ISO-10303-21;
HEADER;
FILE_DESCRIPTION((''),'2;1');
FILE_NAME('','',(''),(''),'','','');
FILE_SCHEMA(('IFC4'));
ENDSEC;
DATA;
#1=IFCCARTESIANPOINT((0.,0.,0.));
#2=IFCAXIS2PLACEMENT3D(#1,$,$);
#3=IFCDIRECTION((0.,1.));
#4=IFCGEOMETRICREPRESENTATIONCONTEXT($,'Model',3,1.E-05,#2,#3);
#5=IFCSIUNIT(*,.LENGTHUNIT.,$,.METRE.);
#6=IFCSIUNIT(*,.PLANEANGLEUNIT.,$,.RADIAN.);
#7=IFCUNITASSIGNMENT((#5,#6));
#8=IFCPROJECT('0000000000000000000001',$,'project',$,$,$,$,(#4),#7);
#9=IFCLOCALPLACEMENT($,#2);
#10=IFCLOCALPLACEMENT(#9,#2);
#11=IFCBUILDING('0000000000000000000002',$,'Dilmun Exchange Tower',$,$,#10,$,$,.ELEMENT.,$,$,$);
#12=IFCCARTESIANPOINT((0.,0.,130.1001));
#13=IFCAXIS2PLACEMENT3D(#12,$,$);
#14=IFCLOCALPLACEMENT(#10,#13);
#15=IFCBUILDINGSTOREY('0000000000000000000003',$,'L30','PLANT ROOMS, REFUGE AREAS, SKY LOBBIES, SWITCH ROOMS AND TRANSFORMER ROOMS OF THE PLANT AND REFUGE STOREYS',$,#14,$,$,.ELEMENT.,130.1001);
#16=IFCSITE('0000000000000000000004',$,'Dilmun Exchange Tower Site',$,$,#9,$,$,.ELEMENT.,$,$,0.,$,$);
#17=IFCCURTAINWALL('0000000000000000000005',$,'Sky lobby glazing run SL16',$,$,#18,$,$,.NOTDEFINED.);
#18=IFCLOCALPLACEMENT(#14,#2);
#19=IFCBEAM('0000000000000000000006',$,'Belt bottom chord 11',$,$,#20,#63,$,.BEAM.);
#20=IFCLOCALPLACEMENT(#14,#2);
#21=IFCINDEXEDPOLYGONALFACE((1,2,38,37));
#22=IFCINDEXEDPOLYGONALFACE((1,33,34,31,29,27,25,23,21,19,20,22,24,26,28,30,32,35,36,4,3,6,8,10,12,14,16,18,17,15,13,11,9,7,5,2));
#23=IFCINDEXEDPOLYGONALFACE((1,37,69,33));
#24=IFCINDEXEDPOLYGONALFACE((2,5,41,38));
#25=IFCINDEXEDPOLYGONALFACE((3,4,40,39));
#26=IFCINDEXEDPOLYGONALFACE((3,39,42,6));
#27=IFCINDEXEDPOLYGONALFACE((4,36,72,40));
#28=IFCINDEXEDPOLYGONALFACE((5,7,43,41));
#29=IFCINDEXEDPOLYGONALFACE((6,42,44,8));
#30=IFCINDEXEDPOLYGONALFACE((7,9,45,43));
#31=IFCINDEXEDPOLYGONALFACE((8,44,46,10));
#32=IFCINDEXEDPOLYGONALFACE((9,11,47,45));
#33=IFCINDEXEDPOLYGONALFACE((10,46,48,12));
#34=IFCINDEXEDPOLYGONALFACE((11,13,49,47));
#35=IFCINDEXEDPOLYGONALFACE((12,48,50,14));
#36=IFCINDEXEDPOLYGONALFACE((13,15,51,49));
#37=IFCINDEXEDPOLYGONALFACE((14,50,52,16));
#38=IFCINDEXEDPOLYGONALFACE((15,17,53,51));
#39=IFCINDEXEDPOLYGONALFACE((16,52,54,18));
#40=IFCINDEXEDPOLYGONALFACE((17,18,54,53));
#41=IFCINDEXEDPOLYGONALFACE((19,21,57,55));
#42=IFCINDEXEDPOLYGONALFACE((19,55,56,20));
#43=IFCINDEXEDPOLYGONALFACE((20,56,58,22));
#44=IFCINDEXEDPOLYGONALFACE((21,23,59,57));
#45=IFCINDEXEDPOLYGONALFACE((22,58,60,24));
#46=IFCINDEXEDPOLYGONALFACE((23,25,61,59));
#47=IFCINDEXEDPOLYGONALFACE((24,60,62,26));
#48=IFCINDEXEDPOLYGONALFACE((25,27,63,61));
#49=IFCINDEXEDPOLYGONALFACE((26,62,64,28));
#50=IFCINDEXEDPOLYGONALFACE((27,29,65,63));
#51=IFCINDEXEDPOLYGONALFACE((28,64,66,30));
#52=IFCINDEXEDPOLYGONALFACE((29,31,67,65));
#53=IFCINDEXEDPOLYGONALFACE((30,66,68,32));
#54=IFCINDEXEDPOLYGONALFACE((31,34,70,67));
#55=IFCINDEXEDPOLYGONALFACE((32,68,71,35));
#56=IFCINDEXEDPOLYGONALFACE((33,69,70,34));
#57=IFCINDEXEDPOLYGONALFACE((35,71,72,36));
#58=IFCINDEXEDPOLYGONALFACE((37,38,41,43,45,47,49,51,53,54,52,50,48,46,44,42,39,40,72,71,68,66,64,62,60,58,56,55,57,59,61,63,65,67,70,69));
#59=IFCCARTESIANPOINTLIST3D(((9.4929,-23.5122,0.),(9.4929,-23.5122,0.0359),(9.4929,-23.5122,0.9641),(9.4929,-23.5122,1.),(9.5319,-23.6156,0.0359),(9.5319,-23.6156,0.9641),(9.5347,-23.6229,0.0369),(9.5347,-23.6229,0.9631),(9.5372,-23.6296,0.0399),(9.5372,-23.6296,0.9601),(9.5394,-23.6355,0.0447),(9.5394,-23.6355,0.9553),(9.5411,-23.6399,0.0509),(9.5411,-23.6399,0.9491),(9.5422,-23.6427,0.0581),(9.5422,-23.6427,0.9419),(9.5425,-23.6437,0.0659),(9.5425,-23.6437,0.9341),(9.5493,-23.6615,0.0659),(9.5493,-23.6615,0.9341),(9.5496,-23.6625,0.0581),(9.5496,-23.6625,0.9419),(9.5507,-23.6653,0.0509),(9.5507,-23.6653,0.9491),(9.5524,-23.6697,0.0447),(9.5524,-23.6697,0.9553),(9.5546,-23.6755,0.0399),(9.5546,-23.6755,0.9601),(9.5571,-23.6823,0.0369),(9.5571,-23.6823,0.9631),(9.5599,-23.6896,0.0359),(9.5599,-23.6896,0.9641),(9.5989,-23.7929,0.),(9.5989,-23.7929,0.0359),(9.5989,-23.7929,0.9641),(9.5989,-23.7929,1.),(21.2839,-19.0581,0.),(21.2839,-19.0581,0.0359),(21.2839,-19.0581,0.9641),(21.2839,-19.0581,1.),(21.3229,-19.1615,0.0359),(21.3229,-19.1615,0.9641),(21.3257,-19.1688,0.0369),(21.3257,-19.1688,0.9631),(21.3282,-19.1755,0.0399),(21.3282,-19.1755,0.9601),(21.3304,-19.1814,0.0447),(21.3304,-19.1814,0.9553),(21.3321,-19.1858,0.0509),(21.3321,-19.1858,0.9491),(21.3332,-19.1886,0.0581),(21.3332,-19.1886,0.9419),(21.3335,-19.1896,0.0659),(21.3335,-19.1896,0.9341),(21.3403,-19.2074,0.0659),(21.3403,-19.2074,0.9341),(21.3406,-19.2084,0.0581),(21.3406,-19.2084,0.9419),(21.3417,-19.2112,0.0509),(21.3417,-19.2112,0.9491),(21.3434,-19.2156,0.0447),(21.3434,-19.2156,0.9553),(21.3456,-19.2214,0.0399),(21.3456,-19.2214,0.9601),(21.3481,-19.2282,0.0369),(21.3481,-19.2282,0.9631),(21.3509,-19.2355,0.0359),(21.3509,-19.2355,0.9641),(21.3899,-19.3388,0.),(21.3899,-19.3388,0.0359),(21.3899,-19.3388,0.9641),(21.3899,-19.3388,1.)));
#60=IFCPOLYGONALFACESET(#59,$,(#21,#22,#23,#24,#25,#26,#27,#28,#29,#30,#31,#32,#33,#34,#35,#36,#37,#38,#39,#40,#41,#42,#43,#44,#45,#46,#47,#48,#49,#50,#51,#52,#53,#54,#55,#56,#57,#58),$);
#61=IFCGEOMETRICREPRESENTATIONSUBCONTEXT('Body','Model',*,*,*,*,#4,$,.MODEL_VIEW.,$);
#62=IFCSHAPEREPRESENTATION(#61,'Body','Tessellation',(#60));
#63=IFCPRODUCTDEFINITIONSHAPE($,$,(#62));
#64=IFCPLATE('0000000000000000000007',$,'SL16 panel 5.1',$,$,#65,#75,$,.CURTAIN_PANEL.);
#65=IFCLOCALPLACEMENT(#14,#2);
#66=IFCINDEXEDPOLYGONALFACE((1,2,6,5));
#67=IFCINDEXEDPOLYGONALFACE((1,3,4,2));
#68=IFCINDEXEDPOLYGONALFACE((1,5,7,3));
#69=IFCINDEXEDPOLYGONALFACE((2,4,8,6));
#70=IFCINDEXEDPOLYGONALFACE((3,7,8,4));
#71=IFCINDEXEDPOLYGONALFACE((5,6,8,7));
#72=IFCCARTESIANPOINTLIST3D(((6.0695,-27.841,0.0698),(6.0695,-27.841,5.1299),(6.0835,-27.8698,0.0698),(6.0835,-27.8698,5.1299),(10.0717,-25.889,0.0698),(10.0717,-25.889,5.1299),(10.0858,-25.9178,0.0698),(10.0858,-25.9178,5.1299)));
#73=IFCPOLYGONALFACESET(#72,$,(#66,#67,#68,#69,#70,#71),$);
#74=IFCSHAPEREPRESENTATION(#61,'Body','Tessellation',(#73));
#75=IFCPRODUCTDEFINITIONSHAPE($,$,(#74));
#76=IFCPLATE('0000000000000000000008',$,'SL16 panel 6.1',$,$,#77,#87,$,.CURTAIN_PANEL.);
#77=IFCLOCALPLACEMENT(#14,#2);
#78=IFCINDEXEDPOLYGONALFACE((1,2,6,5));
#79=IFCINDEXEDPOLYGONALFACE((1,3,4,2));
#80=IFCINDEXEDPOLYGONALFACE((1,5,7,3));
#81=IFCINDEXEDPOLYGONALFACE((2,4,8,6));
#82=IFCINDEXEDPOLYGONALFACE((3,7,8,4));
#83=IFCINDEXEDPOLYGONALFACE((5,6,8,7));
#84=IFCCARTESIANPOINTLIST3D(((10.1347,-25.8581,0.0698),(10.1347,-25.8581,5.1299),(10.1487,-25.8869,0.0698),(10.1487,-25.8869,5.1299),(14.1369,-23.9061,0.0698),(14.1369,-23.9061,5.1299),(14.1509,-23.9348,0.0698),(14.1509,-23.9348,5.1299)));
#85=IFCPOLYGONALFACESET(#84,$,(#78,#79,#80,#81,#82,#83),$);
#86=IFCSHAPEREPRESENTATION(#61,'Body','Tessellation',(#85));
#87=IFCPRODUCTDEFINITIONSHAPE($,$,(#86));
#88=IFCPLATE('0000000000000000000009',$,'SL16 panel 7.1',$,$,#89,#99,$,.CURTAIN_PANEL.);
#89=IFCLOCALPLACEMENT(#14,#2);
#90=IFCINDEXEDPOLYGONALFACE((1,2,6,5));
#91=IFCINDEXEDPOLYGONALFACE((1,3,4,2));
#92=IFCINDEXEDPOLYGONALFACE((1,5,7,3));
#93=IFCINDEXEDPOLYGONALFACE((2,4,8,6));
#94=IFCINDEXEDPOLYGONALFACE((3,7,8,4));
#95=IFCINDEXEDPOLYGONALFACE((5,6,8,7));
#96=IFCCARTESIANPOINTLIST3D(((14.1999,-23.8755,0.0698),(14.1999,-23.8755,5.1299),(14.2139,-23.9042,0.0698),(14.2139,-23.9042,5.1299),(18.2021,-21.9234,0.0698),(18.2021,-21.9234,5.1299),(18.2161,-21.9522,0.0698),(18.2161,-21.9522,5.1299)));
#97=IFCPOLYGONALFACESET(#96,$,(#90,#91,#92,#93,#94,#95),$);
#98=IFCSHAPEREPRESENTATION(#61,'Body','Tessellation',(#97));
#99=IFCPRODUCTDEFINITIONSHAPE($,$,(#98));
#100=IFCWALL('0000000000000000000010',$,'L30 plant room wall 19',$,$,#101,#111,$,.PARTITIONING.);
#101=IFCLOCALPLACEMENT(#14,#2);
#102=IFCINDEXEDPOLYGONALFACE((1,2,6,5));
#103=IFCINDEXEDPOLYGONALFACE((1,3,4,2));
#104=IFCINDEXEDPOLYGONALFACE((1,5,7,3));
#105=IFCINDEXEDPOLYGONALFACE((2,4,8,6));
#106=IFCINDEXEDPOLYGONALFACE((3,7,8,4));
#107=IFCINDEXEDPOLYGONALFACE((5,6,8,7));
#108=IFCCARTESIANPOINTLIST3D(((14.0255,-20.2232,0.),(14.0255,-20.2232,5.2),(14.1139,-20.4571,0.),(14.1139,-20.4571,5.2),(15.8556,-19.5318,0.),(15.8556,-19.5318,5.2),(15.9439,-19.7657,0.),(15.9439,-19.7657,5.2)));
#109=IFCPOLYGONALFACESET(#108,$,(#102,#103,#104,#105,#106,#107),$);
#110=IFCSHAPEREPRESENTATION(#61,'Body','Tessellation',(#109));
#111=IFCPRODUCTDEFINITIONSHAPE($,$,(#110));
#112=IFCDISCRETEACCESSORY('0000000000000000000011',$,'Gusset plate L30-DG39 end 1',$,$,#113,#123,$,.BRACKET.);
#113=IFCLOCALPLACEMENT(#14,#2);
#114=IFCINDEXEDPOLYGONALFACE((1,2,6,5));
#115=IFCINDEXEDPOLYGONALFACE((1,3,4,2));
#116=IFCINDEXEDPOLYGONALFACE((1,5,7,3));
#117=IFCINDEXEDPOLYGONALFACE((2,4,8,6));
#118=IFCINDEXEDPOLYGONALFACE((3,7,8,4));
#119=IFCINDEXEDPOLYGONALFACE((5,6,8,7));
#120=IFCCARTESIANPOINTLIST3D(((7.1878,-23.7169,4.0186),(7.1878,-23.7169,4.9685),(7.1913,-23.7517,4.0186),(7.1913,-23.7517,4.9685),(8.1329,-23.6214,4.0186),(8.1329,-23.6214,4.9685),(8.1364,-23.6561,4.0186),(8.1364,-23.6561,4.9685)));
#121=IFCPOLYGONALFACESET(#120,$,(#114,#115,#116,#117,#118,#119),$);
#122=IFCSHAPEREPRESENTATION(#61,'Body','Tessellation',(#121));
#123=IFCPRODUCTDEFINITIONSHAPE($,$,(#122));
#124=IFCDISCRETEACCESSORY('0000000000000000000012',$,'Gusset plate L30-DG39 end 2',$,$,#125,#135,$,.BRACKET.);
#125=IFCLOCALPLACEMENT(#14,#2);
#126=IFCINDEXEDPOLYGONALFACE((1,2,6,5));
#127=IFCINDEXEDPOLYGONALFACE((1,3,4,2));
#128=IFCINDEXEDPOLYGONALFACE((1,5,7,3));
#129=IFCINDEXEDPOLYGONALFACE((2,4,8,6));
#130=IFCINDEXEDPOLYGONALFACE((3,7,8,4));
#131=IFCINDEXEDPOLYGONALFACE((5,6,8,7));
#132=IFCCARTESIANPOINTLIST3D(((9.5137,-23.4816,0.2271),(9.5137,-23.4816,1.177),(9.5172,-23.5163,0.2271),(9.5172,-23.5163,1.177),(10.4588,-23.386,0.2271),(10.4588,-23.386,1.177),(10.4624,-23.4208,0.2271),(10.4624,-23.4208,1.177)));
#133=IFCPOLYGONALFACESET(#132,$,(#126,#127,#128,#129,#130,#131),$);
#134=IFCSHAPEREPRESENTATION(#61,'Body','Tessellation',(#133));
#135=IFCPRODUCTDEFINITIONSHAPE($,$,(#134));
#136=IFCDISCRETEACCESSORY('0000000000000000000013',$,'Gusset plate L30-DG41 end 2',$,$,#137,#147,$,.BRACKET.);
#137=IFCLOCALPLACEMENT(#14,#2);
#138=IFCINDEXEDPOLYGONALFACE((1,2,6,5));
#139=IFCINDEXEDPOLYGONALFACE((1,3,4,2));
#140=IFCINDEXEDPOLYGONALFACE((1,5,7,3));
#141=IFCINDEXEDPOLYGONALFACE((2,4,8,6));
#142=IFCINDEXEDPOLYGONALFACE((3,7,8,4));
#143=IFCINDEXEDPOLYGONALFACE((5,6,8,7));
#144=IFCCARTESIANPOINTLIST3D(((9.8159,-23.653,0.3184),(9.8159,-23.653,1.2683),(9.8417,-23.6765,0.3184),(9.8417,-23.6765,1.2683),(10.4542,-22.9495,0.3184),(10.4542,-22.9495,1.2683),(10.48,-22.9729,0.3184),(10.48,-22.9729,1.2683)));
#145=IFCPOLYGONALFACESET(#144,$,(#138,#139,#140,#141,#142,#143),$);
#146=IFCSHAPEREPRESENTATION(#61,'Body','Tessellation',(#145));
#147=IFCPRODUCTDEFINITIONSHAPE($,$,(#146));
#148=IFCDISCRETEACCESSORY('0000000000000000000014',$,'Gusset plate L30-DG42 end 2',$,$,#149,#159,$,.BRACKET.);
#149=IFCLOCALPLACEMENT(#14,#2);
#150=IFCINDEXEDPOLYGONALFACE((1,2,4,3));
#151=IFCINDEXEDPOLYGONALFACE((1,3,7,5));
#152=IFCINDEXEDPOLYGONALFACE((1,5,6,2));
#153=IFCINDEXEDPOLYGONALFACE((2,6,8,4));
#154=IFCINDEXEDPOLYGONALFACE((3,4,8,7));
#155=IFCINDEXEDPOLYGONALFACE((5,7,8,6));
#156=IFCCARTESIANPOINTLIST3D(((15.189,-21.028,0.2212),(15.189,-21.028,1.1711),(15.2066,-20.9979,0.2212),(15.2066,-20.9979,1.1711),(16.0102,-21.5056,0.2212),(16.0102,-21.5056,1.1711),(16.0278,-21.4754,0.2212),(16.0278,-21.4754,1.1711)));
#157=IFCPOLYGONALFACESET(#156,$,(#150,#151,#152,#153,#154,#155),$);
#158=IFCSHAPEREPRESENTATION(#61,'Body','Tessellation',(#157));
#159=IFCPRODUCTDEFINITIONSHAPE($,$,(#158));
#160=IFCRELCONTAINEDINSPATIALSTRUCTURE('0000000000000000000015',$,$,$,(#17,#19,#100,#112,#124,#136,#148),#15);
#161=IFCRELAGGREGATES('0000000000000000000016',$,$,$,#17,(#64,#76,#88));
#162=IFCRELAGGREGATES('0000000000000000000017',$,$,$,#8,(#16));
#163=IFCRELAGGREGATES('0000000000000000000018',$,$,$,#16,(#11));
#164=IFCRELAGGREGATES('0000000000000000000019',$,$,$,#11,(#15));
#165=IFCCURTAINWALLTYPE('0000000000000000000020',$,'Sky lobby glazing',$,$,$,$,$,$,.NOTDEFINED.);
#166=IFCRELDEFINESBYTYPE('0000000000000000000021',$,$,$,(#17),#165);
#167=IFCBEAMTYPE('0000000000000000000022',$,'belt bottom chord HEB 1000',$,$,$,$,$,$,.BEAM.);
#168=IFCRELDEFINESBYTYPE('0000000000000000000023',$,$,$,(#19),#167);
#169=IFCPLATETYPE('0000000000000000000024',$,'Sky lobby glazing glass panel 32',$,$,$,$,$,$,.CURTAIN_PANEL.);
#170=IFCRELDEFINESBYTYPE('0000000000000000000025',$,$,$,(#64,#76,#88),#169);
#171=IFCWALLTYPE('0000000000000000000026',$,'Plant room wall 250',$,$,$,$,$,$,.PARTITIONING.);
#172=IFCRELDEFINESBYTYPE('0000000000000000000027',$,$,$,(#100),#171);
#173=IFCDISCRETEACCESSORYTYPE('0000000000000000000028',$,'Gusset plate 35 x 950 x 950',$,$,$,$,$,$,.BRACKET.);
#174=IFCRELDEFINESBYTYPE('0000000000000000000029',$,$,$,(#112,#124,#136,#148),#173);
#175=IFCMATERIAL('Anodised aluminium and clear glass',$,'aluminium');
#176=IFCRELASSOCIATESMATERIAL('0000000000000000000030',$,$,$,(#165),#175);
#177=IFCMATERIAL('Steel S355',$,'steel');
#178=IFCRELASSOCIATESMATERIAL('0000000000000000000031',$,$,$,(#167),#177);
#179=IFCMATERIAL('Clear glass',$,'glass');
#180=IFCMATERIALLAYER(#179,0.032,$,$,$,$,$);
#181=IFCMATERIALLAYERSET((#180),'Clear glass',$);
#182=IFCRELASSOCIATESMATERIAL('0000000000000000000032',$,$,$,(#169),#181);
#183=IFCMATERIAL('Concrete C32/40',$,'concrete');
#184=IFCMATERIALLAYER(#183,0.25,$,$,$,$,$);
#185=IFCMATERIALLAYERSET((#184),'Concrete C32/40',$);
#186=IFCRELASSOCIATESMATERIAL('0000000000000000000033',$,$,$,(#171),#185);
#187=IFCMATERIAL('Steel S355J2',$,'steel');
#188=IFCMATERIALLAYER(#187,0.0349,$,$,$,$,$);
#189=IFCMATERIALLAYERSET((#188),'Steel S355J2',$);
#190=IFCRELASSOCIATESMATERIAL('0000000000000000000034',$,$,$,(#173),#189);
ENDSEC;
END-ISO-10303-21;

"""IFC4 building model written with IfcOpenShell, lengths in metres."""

from ifc_helpers import new_model, si_unit, direction, frame, frame_2d, origin, origin_2d, place, context, subcontext, project, spatial, rectangle, i_section, extrude, material, layer, layer_set, material_profile, profile_set, type_object, element, aggregate, save


model = new_model("IFC4")

# Units and contexts
model_context = context("Model", 3, precision=1e-05, world=origin(), true_north=direction((0.0, 1.0)))
body_context = subcontext(model_context, "Body", "Model", "MODEL_VIEW")
ifc_project = project(units=[si_unit("LENGTHUNIT", "METRE"), si_unit("PLANEANGLEUNIT", "RADIAN")], contexts=[model_context])

# Site, building, storey
site_placement = place(None, origin())
site = spatial("IfcSite", under=ifc_project, at=site_placement, Name="Dilmun Exchange Tower Site", CompositionType="ELEMENT", RefElevation=0.0)
building_placement = place(site_placement, origin())
building = spatial("IfcBuilding", under=site, at=building_placement, Name="Dilmun Exchange Tower", CompositionType="ELEMENT")
storey_placement = place(building_placement, frame((0.0, 0.0, 130.1001)))
storey = spatial("IfcBuildingStorey", under=building, at=storey_placement, Name="L30", Description="PLANT ROOMS, REFUGE AREAS, SKY LOBBIES, SWITCH ROOMS AND TRANSFORMER ROOMS OF THE PLANT AND REFUGE STOREYS", CompositionType="ELEMENT", Elevation=130.1001)

# Curtain wall
ifc_material_1 = material(Name="Anodised aluminium and clear glass", Category="aluminium")
curtain_wall_type = type_object("IfcCurtainWallType", Name="Sky lobby glazing", PredefinedType="NOTDEFINED", material=ifc_material_1)
curtain_wall_placement = place(storey_placement, origin())
curtain_wall = element("IfcCurtainWall", 1, at=curtain_wall_placement, inside=storey, type_object=curtain_wall_type, Name="Sky lobby glazing run SL16", PredefinedType="NOTDEFINED")

# Beam
ifc_material_2 = material(Name="Steel S355", Category="steel")
ifc_material_profile_1 = material_profile(ifc_material_2, i_section(OverallWidth=0.3, OverallDepth=1.0, WebThickness=0.019, FlangeThickness=0.0359, FilletRadius=0.03, at=origin_2d()), Name="HEB 1000")
ifc_profile_set_1 = profile_set([ifc_material_profile_1], Name="Steel S355")
beam_type_1 = type_object("IfcBeamType", Name="belt bottom chord HEB 1000", PredefinedType="BEAM", material=ifc_profile_set_1)
beam_1_placement = place(storey_placement, frame((9.5459, -23.6526, 0.5), z_axis=(0.935479, 0.353381, 0.0), x_axis=(-0.353381, 0.935479, 0.0)))
element("IfcBeam", 2, at=beam_1_placement, inside=storey, type_object=beam_type_1, Name="Belt bottom chord 11", PredefinedType="BEAM", context=body_context, shape_type="SweptSolid", body=[
    extrude(i_section(OverallWidth=0.3, OverallDepth=1.0, WebThickness=0.019, FlangeThickness=0.0359, FilletRadius=0.03, at=origin_2d()), origin(), (0.0, 0.0, 1.0), 12.6042),
])

# Plates
ifc_material_3 = material(Name="Clear glass", Category="glass")
ifc_layer_1 = layer(ifc_material_3, 0.032)
ifc_layer_set_1 = layer_set([ifc_layer_1], Name="Clear glass")
plate_type = type_object("IfcPlateType", Name="Sky lobby glazing glass panel 32", PredefinedType="CURTAIN_PANEL", material=ifc_layer_set_1)
plate_1_placement = place(storey_placement, frame((8.0776, -26.8794, 0.0698), z_axis=(0.0, 0.0, 1.0), x_axis=(0.898794, 0.438371, 0.0)))
plate_1 = element("IfcPlate", 3, at=plate_1_placement, type_object=plate_type, Name="SL16 panel 5.1", PredefinedType="CURTAIN_PANEL", context=body_context, shape_type="SweptSolid", body=[
    extrude(rectangle(XDim=4.4529, YDim=0.032, at=origin_2d()), origin(), (0.0, 0.0, 1.0), 5.0601),
])
plate_2_placement = place(storey_placement, frame((12.1428, -24.8965, 0.0698), z_axis=(0.0, 0.0, 1.0), x_axis=(0.898794, 0.438371, 0.0)))
plate_2 = element("IfcPlate", 4, at=plate_2_placement, type_object=plate_type, Name="SL16 panel 6.1", PredefinedType="CURTAIN_PANEL", context=body_context, shape_type="SweptSolid", body=[
    extrude(rectangle(XDim=4.4529, YDim=0.032, at=origin_2d()), origin(), (0.0, 0.0, 1.0), 5.0601),
])
plate_3_placement = place(storey_placement, frame((16.208, -22.9138, 0.0698), z_axis=(0.0, 0.0, 1.0), x_axis=(0.898794, 0.438371, 0.0)))
plate_3 = element("IfcPlate", 5, at=plate_3_placement, type_object=plate_type, Name="SL16 panel 7.1", PredefinedType="CURTAIN_PANEL", context=body_context, shape_type="SweptSolid", body=[
    extrude(rectangle(XDim=4.4529, YDim=0.032, at=origin_2d()), origin(), (0.0, 0.0, 1.0), 5.0601),
])
aggregate(curtain_wall, [plate_1, plate_2, plate_3])

# Wall
ifc_material_4 = material(Name="Concrete C32/40", Category="concrete")
ifc_layer_2 = layer(ifc_material_4, 0.25)
ifc_layer_set_2 = layer_set([ifc_layer_2], Name="Concrete C32/40")
wall_type = type_object("IfcWallType", Name="Plant room wall 250", PredefinedType="PARTITIONING", material=ifc_layer_set_2)
wall_placement = place(storey_placement, frame((14.0698, -20.3401, 0.0), z_axis=(0.0, 0.0, 1.0), x_axis=(0.935465, 0.35342, 0.0)))
element("IfcWall", 6, at=wall_placement, inside=storey, type_object=wall_type, Name="L30 plant room wall 19", PredefinedType="PARTITIONING", context=body_context, shape_type="SweptSolid", body=[
    extrude(rectangle(XDim=1.9563, YDim=0.25, at=frame_2d((0.978, 0.0))), origin(), (0.0, 0.0, 1.0), 5.2),
])

# Discrete accessories
ifc_material_5 = material(Name="Steel S355J2", Category="steel")
ifc_layer_3 = layer(ifc_material_5, 0.0349)
ifc_layer_set_3 = layer_set([ifc_layer_3], Name="Steel S355J2")
discrete_accessory_type = type_object("IfcDiscreteAccessoryType", Name="Gusset plate 35 x 950 x 950", PredefinedType="BRACKET", material=ifc_layer_set_3)
for number, where, z_axis, x_axis, name in (
    (7, (7.6621, -23.6865, 4.0186), (0.0, 0.0, 1.0), (0.994926, 0.10061, 0.0), "Gusset plate L30-DG39 end 1"),
    (8, (9.988, -23.4512, 0.2271), (0.0, 0.0, 1.0), (0.994926, 0.10061, 0.0), "Gusset plate L30-DG39 end 2"),
    (9, (10.1479, -23.313, 0.3184), (0.0, 0.0, 1.0), (-0.671939, -0.740606, 0.0), "Gusset plate L30-DG41 end 2"),
    (10, (15.6084, -21.2517, 0.2212), (0.0, 0.0, 1.0), (0.864463, -0.502697, 0.0), "Gusset plate L30-DG42 end 2"),
):
    element("IfcDiscreteAccessory", number, at=place(storey_placement, frame(where, z_axis=z_axis, x_axis=x_axis)), inside=storey, type_object=discrete_accessory_type, Name=name, PredefinedType="BRACKET", context=body_context, shape_type="SweptSolid", body=[
        extrude(rectangle(XDim=0.95, YDim=0.0349, at=origin_2d()), origin(), (0.0, 0.0, 1.0), 0.95),
    ])

save(model, "model.ifc")
